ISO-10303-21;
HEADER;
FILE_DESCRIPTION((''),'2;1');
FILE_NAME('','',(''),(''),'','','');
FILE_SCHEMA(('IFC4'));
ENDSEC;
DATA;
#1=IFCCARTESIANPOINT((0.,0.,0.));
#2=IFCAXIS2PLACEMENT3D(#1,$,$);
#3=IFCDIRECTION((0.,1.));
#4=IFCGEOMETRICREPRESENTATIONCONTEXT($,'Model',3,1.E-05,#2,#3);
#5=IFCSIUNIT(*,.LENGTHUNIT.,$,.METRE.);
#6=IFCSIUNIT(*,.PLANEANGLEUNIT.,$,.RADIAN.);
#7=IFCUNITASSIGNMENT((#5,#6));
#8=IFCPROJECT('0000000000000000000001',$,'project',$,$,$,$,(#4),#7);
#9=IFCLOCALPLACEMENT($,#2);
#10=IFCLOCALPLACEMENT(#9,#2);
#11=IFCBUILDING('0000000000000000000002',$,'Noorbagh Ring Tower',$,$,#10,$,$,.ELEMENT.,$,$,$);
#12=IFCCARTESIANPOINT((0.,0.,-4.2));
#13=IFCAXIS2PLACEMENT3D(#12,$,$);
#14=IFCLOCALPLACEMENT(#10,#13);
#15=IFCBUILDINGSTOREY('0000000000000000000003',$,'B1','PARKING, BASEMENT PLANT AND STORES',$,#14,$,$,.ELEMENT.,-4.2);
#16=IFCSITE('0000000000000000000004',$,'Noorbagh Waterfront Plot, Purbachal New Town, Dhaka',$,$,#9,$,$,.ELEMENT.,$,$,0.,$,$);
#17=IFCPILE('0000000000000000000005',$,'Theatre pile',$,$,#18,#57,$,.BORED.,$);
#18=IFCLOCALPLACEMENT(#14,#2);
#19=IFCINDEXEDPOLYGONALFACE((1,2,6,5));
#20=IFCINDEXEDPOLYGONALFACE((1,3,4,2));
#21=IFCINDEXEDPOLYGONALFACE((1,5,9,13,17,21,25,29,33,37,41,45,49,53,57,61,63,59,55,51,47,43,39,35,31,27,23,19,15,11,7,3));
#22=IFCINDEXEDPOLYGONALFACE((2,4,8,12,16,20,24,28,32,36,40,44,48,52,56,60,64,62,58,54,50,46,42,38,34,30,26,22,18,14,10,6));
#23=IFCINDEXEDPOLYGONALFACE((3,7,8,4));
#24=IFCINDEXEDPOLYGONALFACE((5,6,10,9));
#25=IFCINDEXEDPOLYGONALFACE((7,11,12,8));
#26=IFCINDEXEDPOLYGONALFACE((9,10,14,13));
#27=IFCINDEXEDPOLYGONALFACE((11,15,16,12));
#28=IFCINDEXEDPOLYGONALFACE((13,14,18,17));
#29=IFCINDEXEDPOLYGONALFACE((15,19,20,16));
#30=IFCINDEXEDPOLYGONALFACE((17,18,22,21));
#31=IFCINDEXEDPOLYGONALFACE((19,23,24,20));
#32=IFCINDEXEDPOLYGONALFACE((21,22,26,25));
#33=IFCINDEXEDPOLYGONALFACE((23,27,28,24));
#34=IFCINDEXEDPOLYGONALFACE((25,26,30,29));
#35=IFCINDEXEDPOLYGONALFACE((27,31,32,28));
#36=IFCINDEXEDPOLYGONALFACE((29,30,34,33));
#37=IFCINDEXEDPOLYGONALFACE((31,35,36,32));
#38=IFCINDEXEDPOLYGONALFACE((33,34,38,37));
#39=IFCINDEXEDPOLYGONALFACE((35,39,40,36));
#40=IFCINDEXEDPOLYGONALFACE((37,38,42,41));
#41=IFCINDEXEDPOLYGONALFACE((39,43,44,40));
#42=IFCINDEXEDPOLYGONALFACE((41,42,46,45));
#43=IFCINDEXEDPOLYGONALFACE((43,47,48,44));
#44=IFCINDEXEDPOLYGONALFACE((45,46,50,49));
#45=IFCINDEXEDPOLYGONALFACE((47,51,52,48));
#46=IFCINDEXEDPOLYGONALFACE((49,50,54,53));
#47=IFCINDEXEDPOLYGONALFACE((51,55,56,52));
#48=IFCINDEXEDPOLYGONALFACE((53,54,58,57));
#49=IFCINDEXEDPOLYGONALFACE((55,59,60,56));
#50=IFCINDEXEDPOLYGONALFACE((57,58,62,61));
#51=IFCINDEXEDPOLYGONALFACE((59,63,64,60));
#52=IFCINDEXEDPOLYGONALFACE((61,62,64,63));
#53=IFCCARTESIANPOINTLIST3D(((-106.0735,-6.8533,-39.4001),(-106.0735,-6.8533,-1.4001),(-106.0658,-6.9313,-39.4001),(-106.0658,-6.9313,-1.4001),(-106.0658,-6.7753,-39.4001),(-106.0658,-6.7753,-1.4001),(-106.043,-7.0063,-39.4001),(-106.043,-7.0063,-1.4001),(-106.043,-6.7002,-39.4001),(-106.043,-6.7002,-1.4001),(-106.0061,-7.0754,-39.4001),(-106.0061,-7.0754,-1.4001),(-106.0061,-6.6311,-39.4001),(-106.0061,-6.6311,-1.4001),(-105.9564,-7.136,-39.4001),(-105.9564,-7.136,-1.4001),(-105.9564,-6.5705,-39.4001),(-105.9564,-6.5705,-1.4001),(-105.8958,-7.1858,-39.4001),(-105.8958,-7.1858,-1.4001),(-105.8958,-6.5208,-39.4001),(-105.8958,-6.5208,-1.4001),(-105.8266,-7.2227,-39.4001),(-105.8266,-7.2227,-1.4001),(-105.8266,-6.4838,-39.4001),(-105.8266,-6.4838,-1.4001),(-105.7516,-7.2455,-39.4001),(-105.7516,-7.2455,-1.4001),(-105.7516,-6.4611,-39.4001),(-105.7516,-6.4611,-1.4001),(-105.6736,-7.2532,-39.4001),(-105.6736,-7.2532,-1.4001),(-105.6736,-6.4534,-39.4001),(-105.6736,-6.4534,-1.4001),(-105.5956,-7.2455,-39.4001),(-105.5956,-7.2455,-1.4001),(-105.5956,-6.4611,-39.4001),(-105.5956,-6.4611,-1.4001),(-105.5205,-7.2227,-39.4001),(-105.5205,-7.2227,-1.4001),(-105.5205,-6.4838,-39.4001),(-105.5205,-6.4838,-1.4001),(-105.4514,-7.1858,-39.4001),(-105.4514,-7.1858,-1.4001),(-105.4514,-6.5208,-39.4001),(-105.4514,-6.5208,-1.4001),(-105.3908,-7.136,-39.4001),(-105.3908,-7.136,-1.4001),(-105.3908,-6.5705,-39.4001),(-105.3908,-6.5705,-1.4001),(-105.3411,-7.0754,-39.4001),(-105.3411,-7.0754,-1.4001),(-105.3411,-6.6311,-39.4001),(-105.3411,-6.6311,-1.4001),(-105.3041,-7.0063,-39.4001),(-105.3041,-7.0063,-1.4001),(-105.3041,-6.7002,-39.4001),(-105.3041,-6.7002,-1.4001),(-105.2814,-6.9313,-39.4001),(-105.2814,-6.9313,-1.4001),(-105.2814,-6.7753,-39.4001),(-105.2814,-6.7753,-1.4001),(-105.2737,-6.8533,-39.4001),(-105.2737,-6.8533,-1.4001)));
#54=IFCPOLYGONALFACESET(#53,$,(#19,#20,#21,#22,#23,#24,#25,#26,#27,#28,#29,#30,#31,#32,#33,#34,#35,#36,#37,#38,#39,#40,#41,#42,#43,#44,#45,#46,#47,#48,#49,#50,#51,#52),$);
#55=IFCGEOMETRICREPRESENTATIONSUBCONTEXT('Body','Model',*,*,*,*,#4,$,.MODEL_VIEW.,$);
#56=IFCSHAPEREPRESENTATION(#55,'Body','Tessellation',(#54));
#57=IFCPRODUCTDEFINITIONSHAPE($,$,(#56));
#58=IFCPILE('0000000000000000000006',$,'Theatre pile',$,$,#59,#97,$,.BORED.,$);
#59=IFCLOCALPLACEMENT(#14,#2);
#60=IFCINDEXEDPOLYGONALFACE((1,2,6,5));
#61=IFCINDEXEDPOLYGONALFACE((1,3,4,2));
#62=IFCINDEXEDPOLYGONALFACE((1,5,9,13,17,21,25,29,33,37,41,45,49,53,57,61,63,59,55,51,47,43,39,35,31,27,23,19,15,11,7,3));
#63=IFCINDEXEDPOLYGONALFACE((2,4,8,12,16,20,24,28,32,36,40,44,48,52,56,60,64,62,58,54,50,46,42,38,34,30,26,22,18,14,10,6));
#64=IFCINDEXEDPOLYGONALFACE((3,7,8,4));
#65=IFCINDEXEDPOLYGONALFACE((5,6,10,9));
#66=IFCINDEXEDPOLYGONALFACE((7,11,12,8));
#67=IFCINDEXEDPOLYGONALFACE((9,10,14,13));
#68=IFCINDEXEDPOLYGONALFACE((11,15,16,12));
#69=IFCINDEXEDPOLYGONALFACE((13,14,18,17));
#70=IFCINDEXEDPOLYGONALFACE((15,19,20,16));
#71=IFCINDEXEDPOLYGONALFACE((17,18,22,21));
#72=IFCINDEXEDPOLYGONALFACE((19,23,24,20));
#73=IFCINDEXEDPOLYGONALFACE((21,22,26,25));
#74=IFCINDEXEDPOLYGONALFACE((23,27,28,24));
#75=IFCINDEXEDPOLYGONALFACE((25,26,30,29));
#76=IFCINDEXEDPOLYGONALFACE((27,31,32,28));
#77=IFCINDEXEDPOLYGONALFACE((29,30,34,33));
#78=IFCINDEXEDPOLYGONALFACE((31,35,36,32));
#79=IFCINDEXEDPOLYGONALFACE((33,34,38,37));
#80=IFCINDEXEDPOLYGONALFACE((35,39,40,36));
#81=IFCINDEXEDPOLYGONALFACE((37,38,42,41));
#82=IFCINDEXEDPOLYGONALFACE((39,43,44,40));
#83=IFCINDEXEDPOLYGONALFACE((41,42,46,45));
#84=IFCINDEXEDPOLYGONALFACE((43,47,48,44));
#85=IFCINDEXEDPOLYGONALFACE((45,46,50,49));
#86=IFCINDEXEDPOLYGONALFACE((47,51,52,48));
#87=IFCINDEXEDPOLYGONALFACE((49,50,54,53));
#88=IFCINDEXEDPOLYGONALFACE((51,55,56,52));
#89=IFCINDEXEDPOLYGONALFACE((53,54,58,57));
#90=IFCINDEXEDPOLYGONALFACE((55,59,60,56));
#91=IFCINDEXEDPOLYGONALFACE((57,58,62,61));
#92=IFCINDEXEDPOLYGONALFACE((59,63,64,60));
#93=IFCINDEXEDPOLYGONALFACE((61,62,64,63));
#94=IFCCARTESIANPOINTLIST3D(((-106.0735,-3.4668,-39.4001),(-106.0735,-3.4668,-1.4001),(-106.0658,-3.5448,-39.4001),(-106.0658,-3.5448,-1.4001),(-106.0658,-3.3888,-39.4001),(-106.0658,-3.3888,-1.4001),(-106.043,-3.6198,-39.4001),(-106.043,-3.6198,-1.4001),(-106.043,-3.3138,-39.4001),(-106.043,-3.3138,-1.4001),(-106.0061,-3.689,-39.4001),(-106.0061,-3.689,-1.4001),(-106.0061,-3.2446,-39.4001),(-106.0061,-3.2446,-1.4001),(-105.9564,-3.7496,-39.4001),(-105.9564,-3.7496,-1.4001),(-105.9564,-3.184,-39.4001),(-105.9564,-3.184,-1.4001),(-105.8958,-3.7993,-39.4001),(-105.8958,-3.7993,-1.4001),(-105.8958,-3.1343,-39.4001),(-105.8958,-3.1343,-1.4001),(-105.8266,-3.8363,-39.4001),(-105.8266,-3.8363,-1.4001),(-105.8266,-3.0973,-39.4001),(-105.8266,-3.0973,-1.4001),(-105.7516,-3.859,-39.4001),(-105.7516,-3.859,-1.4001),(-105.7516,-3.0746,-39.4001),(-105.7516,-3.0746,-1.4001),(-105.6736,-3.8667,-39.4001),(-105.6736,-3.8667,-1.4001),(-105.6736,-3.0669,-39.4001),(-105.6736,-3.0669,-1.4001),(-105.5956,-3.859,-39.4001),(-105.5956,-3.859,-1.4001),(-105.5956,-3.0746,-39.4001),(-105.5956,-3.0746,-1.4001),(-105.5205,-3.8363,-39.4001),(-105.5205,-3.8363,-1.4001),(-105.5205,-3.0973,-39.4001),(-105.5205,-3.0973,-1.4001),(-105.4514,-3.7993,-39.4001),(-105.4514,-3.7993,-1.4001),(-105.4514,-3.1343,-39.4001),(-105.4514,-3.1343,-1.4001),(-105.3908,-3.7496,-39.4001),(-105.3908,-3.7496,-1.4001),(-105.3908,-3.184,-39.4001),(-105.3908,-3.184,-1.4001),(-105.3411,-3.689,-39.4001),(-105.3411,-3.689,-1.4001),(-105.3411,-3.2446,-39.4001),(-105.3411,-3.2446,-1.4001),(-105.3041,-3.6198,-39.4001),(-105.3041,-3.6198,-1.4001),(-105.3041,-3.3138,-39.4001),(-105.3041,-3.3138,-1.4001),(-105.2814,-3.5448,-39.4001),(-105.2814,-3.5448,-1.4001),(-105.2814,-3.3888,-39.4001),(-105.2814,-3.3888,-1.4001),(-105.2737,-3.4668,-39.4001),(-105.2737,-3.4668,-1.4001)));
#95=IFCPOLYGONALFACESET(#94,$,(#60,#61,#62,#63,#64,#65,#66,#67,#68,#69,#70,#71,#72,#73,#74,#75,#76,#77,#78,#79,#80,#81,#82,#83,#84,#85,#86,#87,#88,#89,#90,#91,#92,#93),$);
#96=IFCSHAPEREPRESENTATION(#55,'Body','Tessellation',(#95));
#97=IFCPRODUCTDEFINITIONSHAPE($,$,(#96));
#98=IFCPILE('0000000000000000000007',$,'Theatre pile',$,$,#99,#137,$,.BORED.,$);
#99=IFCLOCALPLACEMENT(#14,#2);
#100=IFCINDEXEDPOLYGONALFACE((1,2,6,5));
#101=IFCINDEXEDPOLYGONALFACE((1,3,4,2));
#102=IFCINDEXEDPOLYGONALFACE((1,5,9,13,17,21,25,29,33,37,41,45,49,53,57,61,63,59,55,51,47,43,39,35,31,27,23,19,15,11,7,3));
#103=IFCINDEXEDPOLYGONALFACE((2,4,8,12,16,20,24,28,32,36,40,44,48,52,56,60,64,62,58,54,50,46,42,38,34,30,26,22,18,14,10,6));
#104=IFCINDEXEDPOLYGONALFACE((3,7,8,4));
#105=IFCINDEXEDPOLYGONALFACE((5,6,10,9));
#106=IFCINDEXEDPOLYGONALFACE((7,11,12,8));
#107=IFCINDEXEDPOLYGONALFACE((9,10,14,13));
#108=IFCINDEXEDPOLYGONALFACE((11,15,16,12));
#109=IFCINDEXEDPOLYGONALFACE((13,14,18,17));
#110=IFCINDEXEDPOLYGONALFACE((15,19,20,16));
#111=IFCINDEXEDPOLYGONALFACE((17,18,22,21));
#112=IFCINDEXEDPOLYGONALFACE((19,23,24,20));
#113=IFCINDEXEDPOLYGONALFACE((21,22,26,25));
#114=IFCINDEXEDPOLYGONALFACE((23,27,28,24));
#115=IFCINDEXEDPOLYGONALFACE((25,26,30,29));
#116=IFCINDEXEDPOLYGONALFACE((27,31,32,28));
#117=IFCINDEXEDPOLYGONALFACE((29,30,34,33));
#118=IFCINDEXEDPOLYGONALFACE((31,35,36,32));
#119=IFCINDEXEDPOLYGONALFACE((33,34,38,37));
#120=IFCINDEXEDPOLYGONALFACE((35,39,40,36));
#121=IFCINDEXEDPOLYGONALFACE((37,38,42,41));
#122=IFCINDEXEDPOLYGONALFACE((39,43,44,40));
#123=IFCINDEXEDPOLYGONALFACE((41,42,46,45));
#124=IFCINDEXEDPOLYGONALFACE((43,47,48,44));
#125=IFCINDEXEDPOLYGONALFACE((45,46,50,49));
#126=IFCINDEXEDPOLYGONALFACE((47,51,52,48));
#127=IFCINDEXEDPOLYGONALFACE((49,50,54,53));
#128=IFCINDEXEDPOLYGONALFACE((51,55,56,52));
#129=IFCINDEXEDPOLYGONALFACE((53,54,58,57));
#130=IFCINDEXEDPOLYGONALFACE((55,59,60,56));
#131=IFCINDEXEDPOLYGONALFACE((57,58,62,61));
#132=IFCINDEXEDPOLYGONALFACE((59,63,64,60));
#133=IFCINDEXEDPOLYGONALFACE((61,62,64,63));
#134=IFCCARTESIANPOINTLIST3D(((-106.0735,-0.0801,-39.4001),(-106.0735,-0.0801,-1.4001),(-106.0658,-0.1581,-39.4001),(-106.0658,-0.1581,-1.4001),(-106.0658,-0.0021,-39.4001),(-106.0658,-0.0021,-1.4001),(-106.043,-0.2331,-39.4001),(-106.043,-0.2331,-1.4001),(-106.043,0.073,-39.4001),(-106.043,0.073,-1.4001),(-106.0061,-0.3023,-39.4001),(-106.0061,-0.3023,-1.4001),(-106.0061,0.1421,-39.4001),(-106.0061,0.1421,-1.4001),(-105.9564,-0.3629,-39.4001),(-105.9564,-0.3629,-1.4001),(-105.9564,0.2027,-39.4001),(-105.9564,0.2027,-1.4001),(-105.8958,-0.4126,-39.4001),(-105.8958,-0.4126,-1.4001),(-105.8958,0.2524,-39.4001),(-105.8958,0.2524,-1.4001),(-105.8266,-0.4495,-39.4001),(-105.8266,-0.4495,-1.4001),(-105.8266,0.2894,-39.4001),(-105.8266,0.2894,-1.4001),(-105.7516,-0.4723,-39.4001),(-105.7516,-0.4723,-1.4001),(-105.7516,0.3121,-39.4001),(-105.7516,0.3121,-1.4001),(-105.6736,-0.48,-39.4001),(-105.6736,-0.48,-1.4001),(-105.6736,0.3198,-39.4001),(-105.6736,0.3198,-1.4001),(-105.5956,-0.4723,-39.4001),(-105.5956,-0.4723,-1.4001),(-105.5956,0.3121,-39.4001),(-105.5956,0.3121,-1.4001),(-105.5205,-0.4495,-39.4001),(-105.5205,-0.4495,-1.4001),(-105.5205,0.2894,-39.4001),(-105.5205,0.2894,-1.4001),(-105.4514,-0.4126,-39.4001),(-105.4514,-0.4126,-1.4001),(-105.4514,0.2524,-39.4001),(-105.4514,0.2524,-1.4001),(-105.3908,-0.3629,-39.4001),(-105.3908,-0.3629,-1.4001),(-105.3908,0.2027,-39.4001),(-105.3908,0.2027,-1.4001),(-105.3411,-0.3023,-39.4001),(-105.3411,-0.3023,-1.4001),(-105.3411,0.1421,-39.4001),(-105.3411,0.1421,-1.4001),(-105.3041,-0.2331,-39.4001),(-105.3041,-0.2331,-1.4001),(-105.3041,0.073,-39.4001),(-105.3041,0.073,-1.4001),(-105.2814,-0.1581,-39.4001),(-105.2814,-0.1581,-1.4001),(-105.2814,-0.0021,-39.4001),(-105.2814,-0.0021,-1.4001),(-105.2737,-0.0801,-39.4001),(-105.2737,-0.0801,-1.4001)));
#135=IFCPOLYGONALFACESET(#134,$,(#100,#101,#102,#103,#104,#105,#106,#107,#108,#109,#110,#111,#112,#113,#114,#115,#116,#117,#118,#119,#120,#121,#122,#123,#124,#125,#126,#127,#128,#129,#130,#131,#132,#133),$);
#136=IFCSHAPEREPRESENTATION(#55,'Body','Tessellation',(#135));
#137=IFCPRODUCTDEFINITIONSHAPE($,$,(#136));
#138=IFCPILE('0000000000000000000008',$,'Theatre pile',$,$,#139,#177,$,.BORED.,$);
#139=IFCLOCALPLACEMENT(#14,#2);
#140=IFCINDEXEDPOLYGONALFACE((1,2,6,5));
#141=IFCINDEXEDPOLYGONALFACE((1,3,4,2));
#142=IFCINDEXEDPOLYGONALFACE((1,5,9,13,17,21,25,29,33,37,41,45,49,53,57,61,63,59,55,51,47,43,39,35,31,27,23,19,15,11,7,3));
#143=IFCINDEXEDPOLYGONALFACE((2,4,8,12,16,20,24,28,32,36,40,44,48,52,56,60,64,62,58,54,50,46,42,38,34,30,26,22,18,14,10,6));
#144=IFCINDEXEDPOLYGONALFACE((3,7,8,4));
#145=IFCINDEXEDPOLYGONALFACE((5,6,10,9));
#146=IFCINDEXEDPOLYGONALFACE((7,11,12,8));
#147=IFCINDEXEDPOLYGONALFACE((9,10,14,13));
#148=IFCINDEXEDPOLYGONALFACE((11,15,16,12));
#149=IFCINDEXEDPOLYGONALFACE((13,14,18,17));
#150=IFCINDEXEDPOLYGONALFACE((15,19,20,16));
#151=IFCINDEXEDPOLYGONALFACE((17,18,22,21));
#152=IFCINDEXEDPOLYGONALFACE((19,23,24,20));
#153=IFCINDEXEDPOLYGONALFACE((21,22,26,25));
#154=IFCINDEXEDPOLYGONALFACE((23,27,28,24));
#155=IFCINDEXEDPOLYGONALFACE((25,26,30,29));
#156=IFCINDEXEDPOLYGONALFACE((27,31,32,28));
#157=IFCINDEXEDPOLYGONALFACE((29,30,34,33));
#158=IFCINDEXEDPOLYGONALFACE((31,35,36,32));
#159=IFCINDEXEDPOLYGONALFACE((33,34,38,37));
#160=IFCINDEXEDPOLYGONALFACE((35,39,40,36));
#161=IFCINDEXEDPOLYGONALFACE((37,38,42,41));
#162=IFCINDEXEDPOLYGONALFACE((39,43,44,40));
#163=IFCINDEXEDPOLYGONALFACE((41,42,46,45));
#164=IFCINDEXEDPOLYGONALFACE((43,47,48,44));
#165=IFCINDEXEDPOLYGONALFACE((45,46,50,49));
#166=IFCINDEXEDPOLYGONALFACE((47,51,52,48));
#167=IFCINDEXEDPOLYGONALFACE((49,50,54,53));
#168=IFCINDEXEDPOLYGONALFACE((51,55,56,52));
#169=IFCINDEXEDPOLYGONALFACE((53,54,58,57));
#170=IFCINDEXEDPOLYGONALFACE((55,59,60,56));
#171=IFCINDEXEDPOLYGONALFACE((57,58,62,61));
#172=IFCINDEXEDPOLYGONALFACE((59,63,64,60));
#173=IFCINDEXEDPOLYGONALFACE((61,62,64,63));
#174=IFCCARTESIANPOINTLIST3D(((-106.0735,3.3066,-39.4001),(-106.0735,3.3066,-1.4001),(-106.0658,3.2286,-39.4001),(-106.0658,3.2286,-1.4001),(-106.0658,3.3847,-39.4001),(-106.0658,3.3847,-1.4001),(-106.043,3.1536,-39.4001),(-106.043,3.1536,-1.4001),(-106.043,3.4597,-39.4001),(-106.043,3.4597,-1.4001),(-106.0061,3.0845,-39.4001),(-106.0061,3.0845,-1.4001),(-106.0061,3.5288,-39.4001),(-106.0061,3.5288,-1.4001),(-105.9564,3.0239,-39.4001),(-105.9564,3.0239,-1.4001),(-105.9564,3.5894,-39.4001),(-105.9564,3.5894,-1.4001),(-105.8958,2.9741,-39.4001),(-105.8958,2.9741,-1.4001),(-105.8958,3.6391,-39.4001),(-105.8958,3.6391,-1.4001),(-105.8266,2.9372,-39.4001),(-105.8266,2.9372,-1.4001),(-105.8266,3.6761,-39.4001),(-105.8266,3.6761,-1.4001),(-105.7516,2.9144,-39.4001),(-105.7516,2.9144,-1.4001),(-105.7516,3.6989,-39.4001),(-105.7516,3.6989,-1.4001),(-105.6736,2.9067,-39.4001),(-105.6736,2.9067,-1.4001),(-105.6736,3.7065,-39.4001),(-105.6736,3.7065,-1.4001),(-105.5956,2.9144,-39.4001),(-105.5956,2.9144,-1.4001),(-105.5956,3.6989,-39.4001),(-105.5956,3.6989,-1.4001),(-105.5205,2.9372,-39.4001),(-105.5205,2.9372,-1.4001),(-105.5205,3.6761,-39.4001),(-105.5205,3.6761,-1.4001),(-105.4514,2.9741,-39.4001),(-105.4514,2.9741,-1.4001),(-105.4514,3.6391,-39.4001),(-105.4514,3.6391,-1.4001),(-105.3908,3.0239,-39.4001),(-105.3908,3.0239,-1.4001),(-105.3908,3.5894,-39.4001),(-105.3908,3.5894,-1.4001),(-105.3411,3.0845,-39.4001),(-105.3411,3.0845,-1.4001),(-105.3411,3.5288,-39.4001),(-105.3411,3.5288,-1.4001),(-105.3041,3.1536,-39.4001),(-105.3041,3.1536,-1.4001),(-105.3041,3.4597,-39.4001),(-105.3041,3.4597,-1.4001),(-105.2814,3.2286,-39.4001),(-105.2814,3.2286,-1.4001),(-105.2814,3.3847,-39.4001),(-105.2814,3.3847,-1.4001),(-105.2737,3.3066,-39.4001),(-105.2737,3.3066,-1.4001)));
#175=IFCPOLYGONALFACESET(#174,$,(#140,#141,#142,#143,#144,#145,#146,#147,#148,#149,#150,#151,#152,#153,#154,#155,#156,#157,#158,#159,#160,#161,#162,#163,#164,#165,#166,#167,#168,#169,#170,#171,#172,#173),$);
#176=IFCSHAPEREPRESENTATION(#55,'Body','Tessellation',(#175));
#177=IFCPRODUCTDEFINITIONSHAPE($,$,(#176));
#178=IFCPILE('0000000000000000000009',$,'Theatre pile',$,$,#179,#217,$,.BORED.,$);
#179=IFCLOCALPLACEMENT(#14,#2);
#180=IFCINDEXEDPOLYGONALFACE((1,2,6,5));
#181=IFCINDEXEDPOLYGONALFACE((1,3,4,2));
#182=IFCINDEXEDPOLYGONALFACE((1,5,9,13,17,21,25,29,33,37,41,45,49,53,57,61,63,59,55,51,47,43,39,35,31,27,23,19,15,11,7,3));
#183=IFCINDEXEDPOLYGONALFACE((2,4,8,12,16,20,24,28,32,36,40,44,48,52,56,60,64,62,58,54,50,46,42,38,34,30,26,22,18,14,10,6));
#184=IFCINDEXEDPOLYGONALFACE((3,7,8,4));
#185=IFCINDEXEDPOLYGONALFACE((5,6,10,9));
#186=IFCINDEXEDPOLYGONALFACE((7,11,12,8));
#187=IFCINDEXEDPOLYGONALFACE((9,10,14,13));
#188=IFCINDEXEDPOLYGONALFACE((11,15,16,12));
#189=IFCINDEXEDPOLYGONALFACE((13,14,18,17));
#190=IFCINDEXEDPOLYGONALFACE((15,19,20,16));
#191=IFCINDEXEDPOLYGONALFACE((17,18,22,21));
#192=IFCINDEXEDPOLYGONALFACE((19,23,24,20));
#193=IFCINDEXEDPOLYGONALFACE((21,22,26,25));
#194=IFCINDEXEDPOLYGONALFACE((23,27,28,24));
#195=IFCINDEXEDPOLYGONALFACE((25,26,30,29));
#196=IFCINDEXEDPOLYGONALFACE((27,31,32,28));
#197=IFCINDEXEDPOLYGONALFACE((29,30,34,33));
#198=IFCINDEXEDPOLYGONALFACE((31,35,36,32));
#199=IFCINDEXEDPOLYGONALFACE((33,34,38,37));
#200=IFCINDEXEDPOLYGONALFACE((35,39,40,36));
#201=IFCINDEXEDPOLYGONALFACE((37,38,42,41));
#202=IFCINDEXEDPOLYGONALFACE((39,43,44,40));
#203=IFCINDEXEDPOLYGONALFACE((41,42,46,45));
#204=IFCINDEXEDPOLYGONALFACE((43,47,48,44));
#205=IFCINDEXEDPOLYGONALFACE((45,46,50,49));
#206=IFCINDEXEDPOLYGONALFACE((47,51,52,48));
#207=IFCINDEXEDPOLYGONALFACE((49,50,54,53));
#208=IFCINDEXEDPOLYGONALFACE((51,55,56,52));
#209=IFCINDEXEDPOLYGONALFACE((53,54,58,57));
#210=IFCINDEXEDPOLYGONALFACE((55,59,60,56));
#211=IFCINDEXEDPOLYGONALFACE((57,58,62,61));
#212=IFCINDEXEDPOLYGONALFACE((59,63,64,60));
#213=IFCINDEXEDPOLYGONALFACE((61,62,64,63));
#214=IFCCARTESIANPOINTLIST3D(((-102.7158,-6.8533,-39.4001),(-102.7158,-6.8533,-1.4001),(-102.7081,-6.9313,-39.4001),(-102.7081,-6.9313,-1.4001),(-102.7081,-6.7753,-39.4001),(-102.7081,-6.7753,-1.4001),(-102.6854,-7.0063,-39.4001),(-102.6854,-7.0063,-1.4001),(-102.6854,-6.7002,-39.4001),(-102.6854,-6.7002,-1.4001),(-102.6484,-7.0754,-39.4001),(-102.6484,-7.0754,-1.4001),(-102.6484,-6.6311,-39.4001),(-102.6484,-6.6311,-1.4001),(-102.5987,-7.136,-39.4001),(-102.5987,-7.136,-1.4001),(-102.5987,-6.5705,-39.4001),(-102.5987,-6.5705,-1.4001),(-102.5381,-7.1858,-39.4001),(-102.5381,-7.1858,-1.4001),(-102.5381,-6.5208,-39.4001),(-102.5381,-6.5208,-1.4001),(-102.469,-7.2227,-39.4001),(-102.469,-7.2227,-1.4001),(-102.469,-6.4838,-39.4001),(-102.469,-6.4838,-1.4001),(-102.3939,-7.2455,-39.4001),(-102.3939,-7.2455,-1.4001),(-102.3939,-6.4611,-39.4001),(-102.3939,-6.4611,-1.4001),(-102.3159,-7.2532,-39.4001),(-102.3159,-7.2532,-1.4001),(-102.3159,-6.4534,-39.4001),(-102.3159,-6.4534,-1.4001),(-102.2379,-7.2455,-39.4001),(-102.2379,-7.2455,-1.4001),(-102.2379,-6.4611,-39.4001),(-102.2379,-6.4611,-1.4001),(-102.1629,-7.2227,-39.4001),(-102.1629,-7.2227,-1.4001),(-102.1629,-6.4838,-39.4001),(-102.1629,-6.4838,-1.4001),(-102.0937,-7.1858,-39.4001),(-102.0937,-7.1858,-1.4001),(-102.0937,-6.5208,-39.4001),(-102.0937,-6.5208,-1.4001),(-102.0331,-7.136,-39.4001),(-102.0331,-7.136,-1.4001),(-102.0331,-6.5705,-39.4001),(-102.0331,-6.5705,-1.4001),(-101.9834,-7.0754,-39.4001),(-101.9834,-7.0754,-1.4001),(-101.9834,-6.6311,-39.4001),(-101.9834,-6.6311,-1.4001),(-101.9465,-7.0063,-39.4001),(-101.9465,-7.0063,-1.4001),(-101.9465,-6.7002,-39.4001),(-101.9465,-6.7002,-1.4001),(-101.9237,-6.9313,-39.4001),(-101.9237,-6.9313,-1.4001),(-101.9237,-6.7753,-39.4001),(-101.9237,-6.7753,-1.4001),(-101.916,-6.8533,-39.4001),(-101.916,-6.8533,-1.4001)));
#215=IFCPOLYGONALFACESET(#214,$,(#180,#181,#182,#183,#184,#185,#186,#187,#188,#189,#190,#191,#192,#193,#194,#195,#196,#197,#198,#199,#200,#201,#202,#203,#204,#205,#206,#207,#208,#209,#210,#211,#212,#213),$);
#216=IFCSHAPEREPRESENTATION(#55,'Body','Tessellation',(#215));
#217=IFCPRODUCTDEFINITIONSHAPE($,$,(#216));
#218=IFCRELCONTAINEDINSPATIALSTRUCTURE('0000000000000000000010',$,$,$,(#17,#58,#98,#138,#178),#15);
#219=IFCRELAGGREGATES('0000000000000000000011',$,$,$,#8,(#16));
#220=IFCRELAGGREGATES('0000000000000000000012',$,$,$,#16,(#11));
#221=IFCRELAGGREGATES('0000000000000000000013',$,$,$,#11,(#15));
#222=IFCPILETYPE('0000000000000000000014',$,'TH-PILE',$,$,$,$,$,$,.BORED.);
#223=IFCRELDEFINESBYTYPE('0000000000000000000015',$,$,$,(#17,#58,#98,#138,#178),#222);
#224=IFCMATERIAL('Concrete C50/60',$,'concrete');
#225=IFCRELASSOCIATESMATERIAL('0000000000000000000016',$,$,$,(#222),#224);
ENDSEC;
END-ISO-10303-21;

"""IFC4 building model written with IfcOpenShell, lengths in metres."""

from ifc_helpers import new_model, si_unit, direction, frame, origin, origin_2d, place, context, subcontext, project, spatial, circle, extrude, material, material_profile, profile_set, type_object, element, save


model = new_model("IFC4")

# Units and contexts
model_context = context("Model", 3, precision=1e-05, world=origin(), true_north=direction((0.0, 1.0)))
body_context = subcontext(model_context, "Body", "Model", "MODEL_VIEW")
ifc_project = project(units=[si_unit("LENGTHUNIT", "METRE"), si_unit("PLANEANGLEUNIT", "RADIAN")], contexts=[model_context])

# Site, building, storey
site_placement = place(None, origin())
site = spatial("IfcSite", under=ifc_project, at=site_placement, Name="Noorbagh Waterfront Plot, Purbachal New Town, Dhaka", CompositionType="ELEMENT", RefElevation=0.0)
building_placement = place(site_placement, origin())
building = spatial("IfcBuilding", under=site, at=building_placement, Name="Noorbagh Ring Tower", CompositionType="ELEMENT")
storey_placement = place(building_placement, frame((0.0, 0.0, -4.2)))
storey = spatial("IfcBuildingStorey", under=building, at=storey_placement, Name="B1", Description="PARKING, BASEMENT PLANT AND STORES", CompositionType="ELEMENT", Elevation=-4.2)

# Piles
ifc_material_1 = material(Name="Concrete C50/60", Category="concrete")
ifc_material_profile_1 = material_profile(ifc_material_1, circle(Radius=0.3999, at=origin_2d()), Name="PILE800")
ifc_profile_set_1 = profile_set([ifc_material_profile_1], Name="Concrete C50/60")
pile_type = type_object("IfcPileType", Name="TH-PILE", PredefinedType="BORED", material=ifc_profile_set_1)
for number, where, z_axis, x_axis, name in (
    (1, (-105.6736, -6.8533, -1.4001), (0.0, 0.0, -1.0), (1.0, 0.0, 0.0), "Theatre pile"),
    (2, (-105.6736, -3.4668, -1.4001), (0.0, 0.0, -1.0), (1.0, 0.0, 0.0), "Theatre pile"),
    (3, (-105.6736, -0.0801, -1.4001), (0.0, 0.0, -1.0), (1.0, 0.0, 0.0), "Theatre pile"),
    (4, (-105.6736, 3.3066, -1.4001), (0.0, 0.0, -1.0), (1.0, 0.0, 0.0), "Theatre pile"),
    (5, (-102.3159, -6.8533, -1.4001), (0.0, 0.0, -1.0), (1.0, 0.0, 0.0), "Theatre pile"),
):
    element("IfcPile", number, at=place(storey_placement, frame(where, z_axis=z_axis, x_axis=x_axis)), inside=storey, type_object=pile_type, Name=name, PredefinedType="BORED", context=body_context, shape_type="SweptSolid", body=[
        extrude(circle(Radius=0.3999, at=origin_2d()), origin(), (0.0, 0.0, 1.0), 38.0),
    ])

save(model, "model.ifc")
